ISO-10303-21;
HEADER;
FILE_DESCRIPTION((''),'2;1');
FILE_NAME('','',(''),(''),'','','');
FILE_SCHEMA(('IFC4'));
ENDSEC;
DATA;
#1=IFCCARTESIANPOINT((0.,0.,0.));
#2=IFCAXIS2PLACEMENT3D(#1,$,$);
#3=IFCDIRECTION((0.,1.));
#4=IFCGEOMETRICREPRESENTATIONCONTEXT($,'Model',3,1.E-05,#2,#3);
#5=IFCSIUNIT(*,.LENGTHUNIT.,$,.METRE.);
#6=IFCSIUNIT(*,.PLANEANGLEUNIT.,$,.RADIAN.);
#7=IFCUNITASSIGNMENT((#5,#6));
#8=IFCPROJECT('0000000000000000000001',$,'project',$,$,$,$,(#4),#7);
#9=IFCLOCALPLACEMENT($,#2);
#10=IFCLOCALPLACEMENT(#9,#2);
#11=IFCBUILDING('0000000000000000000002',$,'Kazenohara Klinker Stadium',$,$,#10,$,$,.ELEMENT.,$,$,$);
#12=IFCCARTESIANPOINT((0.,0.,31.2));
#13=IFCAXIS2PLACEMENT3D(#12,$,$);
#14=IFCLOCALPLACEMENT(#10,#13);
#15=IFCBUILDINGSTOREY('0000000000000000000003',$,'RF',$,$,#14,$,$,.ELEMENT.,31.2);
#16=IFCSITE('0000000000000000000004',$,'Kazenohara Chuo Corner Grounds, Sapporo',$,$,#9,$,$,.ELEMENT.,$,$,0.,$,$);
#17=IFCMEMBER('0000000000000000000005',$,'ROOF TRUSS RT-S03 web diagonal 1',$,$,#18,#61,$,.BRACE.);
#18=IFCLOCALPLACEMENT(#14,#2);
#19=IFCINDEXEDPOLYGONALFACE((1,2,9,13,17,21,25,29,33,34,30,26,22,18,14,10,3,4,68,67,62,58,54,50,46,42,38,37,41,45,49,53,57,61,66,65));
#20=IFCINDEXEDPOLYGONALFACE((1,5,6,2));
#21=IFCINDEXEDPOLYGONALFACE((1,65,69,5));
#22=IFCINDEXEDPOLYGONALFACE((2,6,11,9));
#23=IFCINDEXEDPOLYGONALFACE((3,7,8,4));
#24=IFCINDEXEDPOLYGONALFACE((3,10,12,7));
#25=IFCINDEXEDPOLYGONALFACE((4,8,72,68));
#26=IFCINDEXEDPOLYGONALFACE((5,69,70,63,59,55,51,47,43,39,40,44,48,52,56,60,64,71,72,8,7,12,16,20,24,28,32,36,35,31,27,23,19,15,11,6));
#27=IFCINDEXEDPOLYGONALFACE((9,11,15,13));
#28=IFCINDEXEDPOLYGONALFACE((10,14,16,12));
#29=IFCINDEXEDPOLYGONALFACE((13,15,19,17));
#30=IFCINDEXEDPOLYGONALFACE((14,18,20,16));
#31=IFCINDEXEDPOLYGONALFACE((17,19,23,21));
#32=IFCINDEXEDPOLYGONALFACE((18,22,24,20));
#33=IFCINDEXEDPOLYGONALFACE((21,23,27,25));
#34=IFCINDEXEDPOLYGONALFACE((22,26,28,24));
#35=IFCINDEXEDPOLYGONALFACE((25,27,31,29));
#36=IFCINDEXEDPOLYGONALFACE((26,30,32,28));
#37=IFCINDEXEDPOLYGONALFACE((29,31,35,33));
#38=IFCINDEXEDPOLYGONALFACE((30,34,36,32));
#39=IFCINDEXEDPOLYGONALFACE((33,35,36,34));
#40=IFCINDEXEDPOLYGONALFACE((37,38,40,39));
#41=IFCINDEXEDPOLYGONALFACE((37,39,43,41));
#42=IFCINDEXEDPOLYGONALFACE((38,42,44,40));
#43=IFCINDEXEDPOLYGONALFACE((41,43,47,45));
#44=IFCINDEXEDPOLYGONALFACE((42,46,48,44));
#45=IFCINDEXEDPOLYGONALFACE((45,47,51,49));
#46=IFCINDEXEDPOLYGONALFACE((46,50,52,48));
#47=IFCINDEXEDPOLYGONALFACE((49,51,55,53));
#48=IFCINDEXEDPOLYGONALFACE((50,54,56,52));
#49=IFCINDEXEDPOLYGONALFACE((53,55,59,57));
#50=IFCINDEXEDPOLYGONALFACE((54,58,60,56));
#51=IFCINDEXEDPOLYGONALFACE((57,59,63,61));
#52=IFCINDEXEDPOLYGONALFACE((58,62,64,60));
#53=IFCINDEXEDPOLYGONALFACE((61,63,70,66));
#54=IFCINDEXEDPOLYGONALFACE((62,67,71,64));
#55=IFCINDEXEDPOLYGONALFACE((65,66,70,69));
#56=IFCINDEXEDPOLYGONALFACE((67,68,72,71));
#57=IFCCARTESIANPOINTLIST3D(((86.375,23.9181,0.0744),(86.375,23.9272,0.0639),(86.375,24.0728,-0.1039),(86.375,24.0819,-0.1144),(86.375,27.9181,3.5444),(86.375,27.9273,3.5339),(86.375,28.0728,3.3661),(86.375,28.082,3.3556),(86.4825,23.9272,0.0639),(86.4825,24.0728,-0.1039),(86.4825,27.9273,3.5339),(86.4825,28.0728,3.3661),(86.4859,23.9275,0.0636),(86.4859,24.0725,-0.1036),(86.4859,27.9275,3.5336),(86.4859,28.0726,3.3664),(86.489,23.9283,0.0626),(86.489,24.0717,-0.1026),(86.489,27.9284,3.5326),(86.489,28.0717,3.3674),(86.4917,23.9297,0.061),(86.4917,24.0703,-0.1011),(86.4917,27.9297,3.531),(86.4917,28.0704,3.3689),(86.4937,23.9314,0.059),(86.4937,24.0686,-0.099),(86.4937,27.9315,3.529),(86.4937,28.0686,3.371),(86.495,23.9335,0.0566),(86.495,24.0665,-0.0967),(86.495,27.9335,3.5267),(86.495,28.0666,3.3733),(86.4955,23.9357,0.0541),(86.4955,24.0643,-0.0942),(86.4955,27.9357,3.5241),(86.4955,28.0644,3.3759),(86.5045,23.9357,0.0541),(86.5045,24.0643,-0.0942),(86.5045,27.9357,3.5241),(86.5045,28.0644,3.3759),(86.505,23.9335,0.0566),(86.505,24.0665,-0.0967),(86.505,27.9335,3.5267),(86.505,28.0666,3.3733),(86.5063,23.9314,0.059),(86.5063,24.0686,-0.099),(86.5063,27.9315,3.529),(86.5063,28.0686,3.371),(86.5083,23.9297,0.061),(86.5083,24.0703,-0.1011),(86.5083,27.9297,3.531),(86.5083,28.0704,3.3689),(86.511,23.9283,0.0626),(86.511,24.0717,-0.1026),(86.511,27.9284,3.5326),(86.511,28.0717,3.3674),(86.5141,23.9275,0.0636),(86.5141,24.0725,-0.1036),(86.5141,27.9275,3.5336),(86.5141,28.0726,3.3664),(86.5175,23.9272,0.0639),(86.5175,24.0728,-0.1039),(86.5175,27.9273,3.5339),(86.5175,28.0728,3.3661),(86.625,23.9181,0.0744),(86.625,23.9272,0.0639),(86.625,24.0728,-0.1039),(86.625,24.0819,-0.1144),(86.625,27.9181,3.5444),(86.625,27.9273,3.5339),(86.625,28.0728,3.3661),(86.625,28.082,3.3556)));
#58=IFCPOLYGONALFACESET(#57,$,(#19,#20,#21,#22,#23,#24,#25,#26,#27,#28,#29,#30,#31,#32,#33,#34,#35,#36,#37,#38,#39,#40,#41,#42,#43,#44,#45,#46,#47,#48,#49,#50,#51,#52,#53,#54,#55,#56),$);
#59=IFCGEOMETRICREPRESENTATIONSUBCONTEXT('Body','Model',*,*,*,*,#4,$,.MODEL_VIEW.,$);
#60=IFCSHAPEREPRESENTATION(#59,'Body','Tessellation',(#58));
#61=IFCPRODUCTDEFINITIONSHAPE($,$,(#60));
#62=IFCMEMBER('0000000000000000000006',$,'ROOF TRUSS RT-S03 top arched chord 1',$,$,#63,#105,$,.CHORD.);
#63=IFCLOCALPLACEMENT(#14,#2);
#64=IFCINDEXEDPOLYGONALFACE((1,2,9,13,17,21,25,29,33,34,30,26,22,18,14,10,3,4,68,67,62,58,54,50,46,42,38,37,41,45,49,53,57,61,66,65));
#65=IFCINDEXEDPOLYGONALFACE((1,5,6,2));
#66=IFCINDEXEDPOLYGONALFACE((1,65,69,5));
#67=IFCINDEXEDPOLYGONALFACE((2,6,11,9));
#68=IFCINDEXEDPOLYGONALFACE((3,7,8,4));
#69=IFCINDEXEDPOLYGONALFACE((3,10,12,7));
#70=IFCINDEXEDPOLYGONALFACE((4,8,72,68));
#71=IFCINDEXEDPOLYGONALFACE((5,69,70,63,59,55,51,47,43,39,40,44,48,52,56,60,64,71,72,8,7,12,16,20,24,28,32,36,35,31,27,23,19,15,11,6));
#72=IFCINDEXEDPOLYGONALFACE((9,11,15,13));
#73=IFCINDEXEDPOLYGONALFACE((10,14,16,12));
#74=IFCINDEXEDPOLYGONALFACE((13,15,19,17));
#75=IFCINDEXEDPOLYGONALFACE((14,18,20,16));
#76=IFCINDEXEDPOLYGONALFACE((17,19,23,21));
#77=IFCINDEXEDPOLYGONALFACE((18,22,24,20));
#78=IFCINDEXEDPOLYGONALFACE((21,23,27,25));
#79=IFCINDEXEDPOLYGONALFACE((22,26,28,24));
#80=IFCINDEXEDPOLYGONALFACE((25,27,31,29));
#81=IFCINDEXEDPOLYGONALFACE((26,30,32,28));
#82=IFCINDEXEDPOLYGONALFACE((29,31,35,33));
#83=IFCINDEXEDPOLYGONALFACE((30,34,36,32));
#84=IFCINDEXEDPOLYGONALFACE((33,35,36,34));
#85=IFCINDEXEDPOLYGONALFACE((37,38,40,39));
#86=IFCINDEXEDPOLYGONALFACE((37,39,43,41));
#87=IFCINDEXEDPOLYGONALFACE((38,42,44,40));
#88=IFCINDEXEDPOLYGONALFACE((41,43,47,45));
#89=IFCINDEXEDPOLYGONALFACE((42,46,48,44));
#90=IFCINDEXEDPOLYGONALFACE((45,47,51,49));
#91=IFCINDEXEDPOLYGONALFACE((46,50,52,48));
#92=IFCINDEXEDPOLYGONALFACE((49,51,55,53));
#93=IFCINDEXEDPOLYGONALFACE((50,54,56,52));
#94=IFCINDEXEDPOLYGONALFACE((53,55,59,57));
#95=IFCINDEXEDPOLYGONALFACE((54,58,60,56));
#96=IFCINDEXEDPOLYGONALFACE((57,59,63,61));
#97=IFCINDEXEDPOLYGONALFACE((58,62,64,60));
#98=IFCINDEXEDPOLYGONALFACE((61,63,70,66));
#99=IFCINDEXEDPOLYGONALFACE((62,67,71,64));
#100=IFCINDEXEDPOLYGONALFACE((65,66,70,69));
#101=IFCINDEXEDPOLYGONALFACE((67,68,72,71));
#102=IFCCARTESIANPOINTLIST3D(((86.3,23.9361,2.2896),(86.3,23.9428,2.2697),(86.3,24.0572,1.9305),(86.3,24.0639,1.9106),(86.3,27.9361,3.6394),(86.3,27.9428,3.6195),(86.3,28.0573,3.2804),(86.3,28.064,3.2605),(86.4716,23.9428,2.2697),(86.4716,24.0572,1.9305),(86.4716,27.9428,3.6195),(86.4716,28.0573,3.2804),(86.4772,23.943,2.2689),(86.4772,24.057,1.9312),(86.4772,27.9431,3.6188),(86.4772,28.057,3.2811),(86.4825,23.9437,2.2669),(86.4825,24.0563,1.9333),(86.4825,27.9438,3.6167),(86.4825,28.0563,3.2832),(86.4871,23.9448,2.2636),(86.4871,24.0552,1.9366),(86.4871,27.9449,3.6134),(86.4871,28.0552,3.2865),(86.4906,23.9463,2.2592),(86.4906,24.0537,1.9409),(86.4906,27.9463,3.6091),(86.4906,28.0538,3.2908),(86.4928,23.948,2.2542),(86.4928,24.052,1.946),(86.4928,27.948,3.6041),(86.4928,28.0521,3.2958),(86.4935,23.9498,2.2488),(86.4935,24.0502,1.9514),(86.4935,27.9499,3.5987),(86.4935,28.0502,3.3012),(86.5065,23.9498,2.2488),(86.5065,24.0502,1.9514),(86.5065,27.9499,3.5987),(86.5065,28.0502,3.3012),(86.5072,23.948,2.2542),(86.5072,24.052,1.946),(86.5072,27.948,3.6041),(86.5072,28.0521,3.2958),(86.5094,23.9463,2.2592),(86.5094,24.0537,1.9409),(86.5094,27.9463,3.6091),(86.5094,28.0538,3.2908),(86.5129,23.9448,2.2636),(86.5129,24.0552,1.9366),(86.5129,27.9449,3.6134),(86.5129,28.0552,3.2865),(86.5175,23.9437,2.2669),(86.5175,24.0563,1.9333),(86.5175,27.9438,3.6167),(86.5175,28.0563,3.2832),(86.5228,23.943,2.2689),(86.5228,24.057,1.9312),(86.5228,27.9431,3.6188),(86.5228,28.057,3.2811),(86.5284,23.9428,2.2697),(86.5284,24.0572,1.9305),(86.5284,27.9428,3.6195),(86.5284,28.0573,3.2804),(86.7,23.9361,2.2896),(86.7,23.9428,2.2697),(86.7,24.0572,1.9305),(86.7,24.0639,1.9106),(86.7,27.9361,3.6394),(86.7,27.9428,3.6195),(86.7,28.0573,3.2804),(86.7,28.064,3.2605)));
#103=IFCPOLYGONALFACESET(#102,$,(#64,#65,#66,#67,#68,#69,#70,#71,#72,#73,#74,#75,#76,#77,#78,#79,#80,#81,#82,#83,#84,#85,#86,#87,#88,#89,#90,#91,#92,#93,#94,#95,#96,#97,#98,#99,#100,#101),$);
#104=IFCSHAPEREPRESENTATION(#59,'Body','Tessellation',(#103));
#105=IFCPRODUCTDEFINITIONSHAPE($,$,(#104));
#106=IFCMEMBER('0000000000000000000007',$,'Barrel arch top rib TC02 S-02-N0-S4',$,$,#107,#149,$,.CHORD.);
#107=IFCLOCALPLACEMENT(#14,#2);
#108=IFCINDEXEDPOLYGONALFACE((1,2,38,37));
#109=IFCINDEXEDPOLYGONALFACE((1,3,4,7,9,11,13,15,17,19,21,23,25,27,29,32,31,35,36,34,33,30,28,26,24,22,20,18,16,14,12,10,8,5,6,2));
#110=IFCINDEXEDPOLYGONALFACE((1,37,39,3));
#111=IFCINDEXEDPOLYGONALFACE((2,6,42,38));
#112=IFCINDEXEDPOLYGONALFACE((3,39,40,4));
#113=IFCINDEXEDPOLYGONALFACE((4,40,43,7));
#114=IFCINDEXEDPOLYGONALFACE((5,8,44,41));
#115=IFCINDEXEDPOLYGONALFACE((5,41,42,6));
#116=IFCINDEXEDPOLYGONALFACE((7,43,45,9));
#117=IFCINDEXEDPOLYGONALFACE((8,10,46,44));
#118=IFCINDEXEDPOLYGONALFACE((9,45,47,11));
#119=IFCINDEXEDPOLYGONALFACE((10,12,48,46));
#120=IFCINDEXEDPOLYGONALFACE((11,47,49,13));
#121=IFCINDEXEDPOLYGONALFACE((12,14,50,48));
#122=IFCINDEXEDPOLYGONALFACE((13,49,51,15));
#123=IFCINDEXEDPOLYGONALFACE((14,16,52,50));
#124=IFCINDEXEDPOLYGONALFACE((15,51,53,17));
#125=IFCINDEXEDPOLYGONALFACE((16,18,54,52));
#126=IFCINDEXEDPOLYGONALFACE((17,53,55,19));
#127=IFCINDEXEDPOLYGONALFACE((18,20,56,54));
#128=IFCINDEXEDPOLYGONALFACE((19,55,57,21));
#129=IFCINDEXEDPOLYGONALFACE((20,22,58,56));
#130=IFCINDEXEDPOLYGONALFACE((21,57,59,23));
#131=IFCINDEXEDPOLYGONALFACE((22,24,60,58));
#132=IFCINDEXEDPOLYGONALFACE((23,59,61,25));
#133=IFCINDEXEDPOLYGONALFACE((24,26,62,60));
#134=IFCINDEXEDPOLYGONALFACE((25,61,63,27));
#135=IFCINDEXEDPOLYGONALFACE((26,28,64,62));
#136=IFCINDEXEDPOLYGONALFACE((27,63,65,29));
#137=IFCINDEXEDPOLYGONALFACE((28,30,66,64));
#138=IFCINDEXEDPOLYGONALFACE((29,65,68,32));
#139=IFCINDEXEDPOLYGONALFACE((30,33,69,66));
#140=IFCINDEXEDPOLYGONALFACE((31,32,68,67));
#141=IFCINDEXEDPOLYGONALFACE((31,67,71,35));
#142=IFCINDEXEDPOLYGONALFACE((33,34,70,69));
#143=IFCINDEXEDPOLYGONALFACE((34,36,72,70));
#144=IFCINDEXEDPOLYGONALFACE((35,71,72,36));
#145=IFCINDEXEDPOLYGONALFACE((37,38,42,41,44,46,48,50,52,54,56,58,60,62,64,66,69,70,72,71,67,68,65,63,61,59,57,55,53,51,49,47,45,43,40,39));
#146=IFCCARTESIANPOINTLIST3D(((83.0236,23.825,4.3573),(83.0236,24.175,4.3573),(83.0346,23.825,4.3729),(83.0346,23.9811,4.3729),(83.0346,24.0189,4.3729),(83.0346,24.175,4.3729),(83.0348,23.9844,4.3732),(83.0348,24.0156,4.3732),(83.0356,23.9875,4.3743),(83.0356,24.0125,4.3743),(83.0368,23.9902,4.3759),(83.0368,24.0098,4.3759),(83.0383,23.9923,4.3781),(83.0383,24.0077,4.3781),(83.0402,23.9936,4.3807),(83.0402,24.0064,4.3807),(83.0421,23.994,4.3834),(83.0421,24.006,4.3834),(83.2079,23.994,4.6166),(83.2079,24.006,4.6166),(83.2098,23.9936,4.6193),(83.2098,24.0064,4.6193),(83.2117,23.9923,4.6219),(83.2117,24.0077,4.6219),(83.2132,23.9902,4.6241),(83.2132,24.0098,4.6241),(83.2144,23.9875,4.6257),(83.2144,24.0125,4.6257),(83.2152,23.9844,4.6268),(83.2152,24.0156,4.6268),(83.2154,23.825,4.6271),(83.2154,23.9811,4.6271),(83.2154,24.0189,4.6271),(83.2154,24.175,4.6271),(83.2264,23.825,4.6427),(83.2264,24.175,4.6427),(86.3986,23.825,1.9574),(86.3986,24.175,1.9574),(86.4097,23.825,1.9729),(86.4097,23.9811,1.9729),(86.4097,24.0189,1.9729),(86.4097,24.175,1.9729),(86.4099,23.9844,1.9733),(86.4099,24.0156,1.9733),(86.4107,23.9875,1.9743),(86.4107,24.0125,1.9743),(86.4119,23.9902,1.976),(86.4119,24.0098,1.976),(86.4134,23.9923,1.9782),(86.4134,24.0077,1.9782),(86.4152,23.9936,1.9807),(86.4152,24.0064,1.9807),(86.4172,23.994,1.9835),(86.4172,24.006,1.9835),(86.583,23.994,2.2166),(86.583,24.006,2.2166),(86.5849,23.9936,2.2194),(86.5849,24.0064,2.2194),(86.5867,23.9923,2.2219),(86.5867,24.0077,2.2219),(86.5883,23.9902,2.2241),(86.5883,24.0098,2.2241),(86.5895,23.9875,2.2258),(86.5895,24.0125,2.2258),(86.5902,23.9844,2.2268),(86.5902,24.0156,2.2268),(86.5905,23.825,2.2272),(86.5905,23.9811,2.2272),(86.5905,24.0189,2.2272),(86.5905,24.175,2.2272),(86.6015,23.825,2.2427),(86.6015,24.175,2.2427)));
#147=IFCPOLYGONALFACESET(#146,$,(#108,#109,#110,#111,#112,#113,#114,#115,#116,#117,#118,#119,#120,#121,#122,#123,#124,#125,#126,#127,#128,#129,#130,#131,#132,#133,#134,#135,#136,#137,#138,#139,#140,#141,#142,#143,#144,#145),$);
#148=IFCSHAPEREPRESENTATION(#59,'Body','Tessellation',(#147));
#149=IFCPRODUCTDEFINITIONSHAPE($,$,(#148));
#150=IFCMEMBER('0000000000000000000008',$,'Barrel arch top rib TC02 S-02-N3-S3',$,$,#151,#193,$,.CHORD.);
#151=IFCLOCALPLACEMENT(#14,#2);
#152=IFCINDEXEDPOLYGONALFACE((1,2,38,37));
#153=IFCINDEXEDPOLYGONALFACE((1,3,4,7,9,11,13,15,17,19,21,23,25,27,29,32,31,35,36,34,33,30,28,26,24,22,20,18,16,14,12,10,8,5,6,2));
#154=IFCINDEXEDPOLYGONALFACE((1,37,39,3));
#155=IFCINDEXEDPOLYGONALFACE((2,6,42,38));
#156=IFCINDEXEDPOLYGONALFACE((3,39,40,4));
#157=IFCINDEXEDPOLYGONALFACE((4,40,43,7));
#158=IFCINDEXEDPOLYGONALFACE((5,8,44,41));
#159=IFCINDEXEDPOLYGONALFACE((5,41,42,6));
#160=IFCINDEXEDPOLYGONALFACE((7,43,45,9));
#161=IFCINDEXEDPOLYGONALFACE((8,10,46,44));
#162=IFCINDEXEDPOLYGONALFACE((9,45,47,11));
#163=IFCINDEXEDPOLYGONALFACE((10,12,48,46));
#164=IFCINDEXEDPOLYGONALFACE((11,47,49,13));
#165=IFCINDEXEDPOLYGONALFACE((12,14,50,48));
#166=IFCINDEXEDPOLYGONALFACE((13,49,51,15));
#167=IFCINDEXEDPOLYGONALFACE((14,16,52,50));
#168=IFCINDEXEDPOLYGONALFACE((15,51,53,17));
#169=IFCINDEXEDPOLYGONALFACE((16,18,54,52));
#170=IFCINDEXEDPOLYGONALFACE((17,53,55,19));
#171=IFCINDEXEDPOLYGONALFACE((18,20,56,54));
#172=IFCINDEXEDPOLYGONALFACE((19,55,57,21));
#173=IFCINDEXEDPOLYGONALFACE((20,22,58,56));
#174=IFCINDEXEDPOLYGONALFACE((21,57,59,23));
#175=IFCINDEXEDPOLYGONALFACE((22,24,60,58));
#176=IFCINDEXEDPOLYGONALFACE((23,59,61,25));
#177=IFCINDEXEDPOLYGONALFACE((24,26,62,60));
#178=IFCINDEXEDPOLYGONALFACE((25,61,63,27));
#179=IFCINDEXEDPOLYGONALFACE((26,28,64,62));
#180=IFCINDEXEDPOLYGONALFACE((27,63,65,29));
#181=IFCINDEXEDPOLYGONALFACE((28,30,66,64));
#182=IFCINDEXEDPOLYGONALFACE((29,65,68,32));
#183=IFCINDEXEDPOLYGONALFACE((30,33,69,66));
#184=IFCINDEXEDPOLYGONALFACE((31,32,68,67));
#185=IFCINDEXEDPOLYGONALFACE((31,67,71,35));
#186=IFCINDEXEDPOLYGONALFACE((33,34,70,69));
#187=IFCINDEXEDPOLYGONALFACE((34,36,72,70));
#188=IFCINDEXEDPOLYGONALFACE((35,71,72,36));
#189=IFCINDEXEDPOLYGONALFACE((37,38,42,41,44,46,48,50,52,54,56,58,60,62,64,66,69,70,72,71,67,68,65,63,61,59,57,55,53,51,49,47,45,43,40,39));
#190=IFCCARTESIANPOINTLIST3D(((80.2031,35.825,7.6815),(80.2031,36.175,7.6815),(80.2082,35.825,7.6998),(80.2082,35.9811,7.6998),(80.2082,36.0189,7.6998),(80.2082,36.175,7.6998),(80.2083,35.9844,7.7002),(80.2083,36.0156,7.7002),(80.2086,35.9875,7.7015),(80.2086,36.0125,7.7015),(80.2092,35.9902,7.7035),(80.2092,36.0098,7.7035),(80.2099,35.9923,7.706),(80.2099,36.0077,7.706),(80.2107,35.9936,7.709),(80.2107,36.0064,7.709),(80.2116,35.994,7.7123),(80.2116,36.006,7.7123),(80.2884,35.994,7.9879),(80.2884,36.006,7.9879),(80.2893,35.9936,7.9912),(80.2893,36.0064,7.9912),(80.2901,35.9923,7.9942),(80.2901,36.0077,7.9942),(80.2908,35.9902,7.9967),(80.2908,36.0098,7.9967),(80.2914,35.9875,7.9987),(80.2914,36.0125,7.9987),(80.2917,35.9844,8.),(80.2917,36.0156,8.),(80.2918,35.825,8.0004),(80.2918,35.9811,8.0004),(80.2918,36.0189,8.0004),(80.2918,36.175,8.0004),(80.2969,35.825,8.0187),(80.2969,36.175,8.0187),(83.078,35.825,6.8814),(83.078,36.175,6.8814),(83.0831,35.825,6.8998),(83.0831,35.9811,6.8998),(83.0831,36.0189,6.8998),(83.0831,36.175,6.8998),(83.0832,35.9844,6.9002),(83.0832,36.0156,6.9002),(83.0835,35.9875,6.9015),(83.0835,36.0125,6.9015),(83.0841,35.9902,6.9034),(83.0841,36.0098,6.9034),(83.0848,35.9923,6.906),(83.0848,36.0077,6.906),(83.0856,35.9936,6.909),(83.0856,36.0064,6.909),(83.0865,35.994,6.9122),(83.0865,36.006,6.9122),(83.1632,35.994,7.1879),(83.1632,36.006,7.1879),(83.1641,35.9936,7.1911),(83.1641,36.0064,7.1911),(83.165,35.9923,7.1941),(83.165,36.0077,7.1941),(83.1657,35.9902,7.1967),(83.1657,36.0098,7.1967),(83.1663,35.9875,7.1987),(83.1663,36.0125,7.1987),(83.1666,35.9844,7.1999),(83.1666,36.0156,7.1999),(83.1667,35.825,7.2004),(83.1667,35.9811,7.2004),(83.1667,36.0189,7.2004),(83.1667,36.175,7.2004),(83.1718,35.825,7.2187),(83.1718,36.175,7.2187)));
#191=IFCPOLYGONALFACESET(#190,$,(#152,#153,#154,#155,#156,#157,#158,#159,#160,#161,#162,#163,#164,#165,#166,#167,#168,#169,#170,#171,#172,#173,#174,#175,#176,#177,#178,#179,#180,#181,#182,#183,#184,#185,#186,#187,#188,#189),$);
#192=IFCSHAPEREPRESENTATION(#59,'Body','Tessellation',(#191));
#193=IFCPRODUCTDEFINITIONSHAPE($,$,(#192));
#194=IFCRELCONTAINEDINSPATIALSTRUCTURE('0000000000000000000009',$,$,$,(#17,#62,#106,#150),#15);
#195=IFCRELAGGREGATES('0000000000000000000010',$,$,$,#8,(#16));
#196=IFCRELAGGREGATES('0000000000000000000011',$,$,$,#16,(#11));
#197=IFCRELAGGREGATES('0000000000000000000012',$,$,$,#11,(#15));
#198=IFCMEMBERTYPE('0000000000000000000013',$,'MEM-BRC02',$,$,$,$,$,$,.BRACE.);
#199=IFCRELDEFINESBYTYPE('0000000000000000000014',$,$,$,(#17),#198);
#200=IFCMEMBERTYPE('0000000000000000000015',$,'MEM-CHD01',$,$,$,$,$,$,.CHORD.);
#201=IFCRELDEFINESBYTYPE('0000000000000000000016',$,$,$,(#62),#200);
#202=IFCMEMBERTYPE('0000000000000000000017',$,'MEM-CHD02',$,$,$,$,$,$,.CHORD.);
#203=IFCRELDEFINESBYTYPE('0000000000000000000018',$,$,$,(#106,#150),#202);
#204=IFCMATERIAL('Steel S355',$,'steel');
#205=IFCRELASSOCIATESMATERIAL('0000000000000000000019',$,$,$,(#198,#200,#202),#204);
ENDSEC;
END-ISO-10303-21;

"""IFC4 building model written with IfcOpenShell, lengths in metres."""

from ifc_helpers import new_model, si_unit, direction, frame, origin, origin_2d, place, context, subcontext, project, spatial, i_section, extrude, material, material_profile, profile_set, type_object, element, save


model = new_model("IFC4")

# Units and contexts
model_context = context("Model", 3, precision=1e-05, world=origin(), true_north=direction((0.0, 1.0)))
body_context = subcontext(model_context, "Body", "Model", "MODEL_VIEW")
ifc_project = project(units=[si_unit("LENGTHUNIT", "METRE"), si_unit("PLANEANGLEUNIT", "RADIAN")], contexts=[model_context])

# Site, building, storey
site_placement = place(None, origin())
site = spatial("IfcSite", under=ifc_project, at=site_placement, Name="Kazenohara Chuo Corner Grounds, Sapporo", CompositionType="ELEMENT", RefElevation=0.0)
building_placement = place(site_placement, origin())
building = spatial("IfcBuilding", under=site, at=building_placement, Name="Kazenohara Klinker Stadium", CompositionType="ELEMENT")
storey_placement = place(building_placement, frame((0.0, 0.0, 31.2)))
storey = spatial("IfcBuildingStorey", under=building, at=storey_placement, Name="RF", CompositionType="ELEMENT", Elevation=31.2)

# Members
ifc_material_1 = material(Name="Steel S355", Category="steel")
ifc_material_profile_1 = material_profile(ifc_material_1, i_section(OverallWidth=0.25, OverallDepth=0.25, WebThickness=0.009, FlangeThickness=0.0139, FilletRadius=0.0129, at=origin_2d()), Name="H-250x250x9x14")
ifc_profile_set_1 = profile_set([ifc_material_profile_1], Name="Steel S355")
member_type_1 = type_object("IfcMemberType", Name="MEM-BRC02", PredefinedType="BRACE", material=ifc_profile_set_1)
member_1_placement = place(storey_placement, frame((86.5, 24.0, -0.02), z_axis=(0.0, 0.75538, 0.655287), x_axis=(-1.0, 0.0, 0.0)))
element("IfcMember", 1, at=member_1_placement, inside=storey, type_object=member_type_1, Name="ROOF TRUSS RT-S03 web diagonal 1", PredefinedType="BRACE", context=body_context, shape_type="SweptSolid", body=[
    extrude(i_section(OverallWidth=0.25, OverallDepth=0.25, WebThickness=0.009, FlangeThickness=0.0139, FilletRadius=0.0129, at=origin_2d()), origin(), (0.0, 0.0, 1.0), 5.2954),
])
ifc_material_profile_2 = material_profile(ifc_material_1, i_section(OverallWidth=0.3999, OverallDepth=0.3999, WebThickness=0.0129, FlangeThickness=0.021, FilletRadius=0.022, at=origin_2d()), Name="H-400x400x13x21")
ifc_profile_set_2 = profile_set([ifc_material_profile_2], Name="Steel S355")
member_type_2 = type_object("IfcMemberType", Name="MEM-CHD01", PredefinedType="CHORD", material=ifc_profile_set_2)
member_2_placement = place(storey_placement, frame((86.5, 24.0, 2.1001), z_axis=(0.0, 0.947503, 0.319747), x_axis=(-1.0, 0.0, 0.0)))
element("IfcMember", 2, at=member_2_placement, inside=storey, type_object=member_type_2, Name="ROOF TRUSS RT-S03 top arched chord 1", PredefinedType="CHORD", context=body_context, shape_type="SweptSolid", body=[
    extrude(i_section(OverallWidth=0.3999, OverallDepth=0.3999, WebThickness=0.0129, FlangeThickness=0.021, FilletRadius=0.022, at=origin_2d()), origin(), (0.0, 0.0, 1.0), 4.2217),
])
ifc_material_profile_3 = material_profile(ifc_material_1, i_section(OverallWidth=0.3501, OverallDepth=0.3501, WebThickness=0.012, FlangeThickness=0.019, FilletRadius=0.0129, at=origin_2d()), Name="H-350x350x12x19")
ifc_profile_set_3 = profile_set([ifc_material_profile_3], Name="Steel S355")
member_type_3 = type_object("IfcMemberType", Name="MEM-CHD02", PredefinedType="CHORD", material=ifc_profile_set_3)
member_3_placement = place(storey_placement, frame((83.125, 24.0, 4.5), z_axis=(0.814966, 0.0, -0.579508), x_axis=(0.0, 1.0, 0.0)))
element("IfcMember", 3, at=member_3_placement, inside=storey, type_object=member_type_3, Name="Barrel arch top rib TC02 S-02-N0-S4", PredefinedType="CHORD", context=body_context, shape_type="SweptSolid", body=[
    extrude(i_section(OverallWidth=0.3501, OverallDepth=0.3501, WebThickness=0.012, FlangeThickness=0.019, FilletRadius=0.0129, at=origin_2d()), origin(), (0.0, 0.0, 1.0), 4.1414),
])
member_4_placement = place(storey_placement, frame((80.25, 36.0, 7.8501), z_axis=(0.963394, 0.0, -0.268091), x_axis=(0.0, 1.0, 0.0)))
element("IfcMember", 4, at=member_4_placement, inside=storey, type_object=member_type_3, Name="Barrel arch top rib TC02 S-02-N3-S3", PredefinedType="CHORD", context=body_context, shape_type="SweptSolid", body=[
    extrude(i_section(OverallWidth=0.3501, OverallDepth=0.3501, WebThickness=0.012, FlangeThickness=0.019, FilletRadius=0.0129, at=origin_2d()), origin(), (0.0, 0.0, 1.0), 2.9841),
])

save(model, "model.ifc")
